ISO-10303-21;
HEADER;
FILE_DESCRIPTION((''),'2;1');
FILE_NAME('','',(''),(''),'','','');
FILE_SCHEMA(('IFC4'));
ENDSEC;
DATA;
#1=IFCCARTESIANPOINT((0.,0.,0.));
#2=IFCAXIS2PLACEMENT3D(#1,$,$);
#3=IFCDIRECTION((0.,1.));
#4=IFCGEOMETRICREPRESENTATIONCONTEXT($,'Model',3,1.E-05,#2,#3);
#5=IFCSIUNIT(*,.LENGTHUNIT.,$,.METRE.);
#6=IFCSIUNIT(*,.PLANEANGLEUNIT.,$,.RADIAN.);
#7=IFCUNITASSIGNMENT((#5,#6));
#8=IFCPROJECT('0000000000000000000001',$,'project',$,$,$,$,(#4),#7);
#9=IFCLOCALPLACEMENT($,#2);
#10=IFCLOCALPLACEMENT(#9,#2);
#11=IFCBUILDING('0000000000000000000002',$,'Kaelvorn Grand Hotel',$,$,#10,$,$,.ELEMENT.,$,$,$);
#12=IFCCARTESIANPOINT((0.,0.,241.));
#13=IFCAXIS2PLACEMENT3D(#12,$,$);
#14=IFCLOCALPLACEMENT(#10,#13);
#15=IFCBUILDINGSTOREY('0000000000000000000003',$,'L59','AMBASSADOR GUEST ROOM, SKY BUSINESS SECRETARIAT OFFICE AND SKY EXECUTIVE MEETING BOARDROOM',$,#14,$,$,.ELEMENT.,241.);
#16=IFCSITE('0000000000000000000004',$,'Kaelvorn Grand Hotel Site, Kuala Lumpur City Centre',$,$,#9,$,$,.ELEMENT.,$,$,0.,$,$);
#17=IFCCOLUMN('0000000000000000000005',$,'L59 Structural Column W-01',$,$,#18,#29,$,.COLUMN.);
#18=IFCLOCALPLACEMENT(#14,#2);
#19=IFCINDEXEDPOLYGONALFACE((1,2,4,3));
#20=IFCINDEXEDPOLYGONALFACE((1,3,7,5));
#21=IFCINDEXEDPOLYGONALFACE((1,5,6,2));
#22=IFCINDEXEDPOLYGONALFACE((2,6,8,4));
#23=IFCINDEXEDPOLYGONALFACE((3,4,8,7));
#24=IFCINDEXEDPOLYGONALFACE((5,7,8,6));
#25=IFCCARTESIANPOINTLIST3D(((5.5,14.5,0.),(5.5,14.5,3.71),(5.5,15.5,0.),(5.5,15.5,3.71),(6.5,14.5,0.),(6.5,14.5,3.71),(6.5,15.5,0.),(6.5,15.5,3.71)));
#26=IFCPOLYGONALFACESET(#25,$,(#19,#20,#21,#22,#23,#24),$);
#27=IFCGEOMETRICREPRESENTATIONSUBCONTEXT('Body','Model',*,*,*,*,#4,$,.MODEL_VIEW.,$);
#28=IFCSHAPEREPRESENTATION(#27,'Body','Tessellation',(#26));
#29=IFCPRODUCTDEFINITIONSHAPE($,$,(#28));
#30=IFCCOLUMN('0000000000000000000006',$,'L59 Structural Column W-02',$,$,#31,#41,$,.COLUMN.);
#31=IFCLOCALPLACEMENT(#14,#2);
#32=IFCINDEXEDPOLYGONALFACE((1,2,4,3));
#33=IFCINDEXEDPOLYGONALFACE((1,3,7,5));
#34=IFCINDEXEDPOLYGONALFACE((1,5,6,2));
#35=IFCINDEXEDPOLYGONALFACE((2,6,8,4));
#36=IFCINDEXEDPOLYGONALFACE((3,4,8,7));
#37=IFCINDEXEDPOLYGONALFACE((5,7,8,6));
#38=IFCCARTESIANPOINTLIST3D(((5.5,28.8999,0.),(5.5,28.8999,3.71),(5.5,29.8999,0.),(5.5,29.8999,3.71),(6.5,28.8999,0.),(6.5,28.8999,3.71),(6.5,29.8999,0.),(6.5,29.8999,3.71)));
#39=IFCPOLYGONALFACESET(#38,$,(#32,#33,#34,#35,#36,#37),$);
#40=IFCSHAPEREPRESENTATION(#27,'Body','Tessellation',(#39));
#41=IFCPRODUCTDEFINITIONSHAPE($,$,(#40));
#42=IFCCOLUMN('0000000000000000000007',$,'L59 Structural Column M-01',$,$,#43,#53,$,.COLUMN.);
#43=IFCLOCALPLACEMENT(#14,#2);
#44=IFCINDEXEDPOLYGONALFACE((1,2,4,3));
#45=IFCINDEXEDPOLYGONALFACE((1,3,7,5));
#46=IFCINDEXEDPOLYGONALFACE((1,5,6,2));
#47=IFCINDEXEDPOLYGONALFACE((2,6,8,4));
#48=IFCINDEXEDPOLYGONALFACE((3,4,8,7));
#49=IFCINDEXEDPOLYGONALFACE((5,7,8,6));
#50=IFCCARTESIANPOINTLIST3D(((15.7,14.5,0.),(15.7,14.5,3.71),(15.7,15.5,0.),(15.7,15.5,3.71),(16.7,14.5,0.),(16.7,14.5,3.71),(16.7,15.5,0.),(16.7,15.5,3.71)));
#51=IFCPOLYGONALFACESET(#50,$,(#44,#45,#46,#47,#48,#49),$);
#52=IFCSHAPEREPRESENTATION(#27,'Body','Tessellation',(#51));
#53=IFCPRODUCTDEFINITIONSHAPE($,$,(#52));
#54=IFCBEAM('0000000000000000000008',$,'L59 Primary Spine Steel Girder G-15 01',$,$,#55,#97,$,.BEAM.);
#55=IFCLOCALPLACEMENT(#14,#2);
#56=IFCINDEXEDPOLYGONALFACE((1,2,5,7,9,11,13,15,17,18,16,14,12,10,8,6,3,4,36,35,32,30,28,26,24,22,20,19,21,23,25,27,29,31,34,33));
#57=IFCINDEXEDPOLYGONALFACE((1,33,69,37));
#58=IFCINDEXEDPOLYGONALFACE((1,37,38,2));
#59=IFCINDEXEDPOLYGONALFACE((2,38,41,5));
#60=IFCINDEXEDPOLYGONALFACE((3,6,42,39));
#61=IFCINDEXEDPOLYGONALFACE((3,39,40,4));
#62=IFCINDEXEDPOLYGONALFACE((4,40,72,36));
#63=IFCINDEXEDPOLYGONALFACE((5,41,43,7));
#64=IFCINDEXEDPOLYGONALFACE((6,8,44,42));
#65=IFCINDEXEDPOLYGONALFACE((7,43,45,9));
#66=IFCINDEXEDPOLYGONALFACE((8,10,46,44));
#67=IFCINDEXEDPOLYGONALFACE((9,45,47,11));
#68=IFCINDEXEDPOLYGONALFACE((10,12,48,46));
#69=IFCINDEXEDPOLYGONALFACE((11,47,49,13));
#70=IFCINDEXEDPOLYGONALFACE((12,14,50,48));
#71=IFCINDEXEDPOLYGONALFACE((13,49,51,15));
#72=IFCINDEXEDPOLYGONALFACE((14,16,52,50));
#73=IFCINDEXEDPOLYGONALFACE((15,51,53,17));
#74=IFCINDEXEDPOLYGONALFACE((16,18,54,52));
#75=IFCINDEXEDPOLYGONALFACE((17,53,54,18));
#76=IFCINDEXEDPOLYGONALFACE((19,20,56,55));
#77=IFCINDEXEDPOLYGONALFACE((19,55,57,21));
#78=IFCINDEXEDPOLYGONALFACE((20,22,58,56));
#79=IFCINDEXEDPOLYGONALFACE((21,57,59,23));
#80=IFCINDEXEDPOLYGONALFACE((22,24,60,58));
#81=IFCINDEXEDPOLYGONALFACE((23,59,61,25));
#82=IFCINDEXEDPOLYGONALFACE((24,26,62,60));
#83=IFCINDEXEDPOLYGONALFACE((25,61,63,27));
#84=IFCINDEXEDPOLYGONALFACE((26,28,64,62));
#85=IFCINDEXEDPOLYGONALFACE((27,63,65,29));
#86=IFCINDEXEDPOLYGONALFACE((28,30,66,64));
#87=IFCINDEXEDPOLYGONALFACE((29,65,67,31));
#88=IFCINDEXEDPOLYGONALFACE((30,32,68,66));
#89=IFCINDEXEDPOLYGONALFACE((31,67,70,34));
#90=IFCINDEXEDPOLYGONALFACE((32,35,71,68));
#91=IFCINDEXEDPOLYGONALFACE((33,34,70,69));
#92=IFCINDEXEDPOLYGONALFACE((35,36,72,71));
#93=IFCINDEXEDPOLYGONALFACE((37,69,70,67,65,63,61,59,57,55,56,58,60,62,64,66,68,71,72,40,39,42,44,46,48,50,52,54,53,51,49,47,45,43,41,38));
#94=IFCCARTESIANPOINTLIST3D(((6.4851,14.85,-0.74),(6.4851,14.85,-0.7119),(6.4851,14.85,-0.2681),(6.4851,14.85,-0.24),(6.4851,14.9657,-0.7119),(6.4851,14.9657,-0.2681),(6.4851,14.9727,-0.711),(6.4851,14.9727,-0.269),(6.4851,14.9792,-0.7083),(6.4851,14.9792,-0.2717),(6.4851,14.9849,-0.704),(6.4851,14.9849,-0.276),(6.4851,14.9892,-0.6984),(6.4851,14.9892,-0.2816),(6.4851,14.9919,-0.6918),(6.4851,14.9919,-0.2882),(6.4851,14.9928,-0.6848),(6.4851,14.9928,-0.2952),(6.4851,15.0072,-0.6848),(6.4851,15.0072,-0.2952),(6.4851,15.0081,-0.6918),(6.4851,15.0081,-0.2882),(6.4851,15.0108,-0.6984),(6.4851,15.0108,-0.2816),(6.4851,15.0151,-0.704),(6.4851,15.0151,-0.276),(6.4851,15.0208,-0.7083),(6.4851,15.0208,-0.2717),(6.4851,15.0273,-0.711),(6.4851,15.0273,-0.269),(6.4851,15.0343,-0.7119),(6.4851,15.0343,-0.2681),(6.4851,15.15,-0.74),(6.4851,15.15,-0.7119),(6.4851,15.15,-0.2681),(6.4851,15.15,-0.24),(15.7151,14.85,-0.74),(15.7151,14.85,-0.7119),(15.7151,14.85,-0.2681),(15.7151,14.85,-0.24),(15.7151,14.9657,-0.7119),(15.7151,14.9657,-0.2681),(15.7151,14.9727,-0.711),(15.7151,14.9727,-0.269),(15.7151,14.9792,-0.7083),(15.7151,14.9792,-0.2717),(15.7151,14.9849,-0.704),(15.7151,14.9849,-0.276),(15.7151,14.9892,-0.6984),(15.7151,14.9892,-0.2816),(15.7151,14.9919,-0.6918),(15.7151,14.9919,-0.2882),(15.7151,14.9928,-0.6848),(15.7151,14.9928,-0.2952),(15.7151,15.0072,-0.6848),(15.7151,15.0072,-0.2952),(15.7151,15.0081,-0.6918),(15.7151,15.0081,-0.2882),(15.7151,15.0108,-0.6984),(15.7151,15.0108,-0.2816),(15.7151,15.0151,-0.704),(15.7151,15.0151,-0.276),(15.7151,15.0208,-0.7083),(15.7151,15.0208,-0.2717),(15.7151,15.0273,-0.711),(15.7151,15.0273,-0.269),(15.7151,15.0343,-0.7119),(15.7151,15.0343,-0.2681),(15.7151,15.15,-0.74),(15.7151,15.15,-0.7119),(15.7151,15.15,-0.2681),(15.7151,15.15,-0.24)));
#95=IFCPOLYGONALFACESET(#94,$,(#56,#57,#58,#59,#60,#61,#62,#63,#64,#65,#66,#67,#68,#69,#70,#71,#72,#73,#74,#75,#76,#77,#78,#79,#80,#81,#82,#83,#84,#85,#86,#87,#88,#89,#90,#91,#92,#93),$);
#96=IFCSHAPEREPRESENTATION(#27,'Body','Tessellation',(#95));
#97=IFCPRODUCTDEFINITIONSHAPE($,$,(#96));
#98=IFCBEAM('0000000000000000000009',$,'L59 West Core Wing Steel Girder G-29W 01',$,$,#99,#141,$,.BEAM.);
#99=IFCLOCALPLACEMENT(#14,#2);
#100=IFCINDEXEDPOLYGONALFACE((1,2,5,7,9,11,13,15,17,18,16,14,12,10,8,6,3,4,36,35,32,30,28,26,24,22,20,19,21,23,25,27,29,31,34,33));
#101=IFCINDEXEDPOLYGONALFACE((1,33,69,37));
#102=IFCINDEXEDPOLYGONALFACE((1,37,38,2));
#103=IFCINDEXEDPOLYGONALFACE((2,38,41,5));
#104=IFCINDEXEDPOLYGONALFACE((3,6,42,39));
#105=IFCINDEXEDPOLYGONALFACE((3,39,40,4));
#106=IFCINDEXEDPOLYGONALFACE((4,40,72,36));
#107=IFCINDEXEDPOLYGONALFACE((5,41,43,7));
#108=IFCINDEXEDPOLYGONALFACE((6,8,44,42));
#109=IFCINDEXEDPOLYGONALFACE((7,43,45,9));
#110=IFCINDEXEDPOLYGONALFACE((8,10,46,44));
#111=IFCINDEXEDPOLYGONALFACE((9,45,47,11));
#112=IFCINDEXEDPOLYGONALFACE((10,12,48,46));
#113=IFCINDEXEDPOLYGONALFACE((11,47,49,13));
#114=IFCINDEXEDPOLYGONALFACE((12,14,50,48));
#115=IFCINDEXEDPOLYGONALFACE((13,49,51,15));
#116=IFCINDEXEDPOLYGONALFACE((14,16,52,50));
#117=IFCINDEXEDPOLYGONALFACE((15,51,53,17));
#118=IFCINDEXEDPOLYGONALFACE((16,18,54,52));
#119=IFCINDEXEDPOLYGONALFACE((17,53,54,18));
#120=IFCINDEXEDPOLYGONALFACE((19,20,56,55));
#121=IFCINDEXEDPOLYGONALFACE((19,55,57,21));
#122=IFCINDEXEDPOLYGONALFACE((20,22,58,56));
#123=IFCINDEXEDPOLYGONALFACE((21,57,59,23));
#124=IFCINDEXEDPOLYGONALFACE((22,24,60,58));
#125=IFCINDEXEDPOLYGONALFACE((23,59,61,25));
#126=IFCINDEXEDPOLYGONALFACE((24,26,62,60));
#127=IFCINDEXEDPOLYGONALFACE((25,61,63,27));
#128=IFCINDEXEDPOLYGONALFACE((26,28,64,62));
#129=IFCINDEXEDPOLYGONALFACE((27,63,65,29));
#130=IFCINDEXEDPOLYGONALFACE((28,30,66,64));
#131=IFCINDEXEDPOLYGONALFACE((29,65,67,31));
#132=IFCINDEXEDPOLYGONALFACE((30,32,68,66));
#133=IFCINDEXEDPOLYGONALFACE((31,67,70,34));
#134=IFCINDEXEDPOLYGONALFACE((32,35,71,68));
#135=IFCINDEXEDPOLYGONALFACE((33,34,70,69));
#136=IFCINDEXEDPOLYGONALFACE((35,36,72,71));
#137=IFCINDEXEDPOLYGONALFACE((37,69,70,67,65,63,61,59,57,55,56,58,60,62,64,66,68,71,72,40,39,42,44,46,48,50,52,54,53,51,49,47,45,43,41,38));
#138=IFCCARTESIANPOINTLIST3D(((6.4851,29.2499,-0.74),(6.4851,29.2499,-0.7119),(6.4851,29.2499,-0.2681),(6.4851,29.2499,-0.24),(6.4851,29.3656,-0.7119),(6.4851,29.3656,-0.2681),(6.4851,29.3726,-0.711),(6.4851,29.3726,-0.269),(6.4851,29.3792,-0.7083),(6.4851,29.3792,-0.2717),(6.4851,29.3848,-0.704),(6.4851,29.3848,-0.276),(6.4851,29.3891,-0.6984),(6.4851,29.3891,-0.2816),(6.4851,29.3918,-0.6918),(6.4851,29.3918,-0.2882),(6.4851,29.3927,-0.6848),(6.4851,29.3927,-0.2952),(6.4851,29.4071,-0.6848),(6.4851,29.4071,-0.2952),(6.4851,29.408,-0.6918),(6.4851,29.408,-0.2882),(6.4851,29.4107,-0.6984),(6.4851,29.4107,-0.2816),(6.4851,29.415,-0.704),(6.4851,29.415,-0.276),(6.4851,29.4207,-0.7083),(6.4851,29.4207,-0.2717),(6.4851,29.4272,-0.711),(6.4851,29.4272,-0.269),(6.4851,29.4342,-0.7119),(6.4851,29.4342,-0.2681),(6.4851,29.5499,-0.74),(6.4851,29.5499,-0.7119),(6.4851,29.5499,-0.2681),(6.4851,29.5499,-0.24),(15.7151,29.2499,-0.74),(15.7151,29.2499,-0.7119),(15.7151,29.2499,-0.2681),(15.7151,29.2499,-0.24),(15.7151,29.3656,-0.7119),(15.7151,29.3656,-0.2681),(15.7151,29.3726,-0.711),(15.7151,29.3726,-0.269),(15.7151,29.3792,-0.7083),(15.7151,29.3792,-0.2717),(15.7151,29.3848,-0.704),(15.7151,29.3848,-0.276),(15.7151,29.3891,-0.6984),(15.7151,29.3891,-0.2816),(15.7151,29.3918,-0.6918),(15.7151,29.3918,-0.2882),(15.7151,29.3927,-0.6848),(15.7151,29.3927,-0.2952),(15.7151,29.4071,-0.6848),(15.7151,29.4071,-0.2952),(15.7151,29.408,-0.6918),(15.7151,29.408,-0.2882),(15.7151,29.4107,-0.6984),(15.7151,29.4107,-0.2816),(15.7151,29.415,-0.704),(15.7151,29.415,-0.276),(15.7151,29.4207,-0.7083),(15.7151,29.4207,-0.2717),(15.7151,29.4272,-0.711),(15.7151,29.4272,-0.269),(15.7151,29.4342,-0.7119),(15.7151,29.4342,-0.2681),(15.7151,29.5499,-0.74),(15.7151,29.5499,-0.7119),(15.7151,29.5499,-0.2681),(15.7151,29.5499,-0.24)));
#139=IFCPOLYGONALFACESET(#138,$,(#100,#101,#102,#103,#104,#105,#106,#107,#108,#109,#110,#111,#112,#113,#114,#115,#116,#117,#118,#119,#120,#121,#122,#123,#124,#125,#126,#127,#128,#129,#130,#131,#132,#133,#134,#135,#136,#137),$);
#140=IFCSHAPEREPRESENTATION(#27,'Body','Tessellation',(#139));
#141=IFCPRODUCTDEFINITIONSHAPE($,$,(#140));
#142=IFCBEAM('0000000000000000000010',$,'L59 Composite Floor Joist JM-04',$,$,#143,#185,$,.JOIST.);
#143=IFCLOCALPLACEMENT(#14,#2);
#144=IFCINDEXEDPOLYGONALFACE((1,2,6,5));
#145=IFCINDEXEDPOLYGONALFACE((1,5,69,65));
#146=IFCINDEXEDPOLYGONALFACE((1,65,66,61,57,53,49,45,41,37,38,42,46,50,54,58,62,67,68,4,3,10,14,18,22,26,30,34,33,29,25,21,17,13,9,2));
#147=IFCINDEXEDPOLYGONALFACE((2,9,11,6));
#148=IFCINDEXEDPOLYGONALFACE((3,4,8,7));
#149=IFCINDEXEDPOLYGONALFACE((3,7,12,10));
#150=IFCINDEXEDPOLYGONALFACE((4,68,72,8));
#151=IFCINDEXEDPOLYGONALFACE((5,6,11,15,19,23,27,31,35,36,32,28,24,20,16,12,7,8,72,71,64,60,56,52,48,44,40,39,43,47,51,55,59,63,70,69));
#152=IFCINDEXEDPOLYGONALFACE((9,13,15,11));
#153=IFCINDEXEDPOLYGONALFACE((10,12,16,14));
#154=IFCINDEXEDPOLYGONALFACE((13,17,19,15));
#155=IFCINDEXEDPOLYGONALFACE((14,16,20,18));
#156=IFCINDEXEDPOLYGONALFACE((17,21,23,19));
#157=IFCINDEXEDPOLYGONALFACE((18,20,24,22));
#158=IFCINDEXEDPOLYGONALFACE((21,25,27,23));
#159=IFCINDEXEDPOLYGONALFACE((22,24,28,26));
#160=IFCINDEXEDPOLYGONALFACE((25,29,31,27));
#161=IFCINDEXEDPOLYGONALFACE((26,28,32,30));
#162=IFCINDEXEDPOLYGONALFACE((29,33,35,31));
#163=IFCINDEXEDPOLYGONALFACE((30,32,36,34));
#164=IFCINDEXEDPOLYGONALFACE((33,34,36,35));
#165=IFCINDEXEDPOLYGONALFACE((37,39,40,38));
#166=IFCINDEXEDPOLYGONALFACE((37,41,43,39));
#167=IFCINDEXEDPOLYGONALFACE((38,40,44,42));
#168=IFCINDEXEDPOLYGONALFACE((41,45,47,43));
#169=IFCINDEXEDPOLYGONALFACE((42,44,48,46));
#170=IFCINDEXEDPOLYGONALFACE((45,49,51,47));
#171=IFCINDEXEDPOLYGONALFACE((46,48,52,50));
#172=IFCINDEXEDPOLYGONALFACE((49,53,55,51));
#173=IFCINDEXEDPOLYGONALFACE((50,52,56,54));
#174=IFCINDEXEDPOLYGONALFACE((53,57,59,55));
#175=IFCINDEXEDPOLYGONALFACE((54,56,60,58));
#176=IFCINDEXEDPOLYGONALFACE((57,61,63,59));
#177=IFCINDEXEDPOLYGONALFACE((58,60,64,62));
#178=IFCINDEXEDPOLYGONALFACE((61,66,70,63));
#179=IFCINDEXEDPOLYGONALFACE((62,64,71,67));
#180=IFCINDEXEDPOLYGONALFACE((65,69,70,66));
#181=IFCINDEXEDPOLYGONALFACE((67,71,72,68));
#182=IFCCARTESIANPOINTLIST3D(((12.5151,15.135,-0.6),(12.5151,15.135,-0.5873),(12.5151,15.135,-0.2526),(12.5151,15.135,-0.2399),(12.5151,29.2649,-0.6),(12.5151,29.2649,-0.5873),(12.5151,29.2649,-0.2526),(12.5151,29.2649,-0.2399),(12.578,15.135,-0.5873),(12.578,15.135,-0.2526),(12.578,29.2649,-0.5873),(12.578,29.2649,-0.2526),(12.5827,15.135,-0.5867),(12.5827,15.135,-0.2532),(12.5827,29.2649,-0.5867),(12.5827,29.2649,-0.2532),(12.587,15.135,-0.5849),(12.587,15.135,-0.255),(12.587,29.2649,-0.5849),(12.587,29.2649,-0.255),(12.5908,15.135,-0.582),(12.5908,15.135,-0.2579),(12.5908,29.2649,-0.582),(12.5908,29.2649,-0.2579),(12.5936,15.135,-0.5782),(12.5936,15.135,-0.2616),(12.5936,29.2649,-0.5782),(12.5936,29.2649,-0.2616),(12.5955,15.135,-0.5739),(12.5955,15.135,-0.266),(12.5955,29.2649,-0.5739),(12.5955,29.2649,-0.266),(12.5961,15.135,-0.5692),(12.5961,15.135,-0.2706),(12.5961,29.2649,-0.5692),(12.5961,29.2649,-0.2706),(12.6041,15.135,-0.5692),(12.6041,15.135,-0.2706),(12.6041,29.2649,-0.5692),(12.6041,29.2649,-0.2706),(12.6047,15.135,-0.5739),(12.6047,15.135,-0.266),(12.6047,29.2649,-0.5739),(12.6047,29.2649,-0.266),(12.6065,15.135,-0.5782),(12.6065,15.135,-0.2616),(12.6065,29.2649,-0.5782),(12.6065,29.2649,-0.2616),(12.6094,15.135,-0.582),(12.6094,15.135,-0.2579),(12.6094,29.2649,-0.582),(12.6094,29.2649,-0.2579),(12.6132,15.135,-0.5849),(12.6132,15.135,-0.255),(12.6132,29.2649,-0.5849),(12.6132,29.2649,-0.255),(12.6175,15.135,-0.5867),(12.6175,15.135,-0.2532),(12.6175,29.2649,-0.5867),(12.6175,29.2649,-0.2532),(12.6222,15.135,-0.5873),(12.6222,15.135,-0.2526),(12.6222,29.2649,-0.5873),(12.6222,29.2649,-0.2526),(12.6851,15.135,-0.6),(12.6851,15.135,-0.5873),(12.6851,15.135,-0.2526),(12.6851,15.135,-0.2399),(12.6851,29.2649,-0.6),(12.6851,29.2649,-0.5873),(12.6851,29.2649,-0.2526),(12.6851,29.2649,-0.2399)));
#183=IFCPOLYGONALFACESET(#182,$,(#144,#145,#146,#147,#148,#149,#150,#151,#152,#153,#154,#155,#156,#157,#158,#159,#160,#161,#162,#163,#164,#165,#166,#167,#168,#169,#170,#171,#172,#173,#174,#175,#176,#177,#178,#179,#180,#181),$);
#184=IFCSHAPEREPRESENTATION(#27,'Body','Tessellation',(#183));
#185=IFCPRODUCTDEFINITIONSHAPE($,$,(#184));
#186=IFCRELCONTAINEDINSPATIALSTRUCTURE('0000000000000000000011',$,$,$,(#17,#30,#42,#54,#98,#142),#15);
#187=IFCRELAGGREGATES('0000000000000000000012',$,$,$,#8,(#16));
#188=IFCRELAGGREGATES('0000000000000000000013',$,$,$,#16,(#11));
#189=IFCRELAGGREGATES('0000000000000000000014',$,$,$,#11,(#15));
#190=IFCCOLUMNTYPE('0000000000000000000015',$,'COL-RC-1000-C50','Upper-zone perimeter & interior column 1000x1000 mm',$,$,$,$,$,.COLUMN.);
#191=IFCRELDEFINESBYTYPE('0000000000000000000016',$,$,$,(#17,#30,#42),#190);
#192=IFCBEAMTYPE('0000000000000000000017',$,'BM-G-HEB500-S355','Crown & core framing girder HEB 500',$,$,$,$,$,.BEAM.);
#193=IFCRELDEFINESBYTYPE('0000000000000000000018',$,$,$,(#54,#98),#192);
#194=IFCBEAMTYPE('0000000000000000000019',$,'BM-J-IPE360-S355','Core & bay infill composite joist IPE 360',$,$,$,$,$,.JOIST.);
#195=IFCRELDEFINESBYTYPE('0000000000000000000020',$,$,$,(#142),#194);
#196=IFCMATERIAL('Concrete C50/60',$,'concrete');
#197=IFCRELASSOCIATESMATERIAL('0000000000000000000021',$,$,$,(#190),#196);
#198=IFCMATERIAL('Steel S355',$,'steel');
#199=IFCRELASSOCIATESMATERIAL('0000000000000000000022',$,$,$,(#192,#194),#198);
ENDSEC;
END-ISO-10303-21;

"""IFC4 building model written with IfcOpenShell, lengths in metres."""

from ifc_helpers import new_model, si_unit, direction, frame, origin, origin_2d, place, context, subcontext, project, spatial, rectangle, i_section, extrude, material, material_profile, profile_set, type_object, element, save


model = new_model("IFC4")

# Units and contexts
model_context = context("Model", 3, precision=1e-05, world=origin(), true_north=direction((0.0, 1.0)))
body_context = subcontext(model_context, "Body", "Model", "MODEL_VIEW")
ifc_project = project(units=[si_unit("LENGTHUNIT", "METRE"), si_unit("PLANEANGLEUNIT", "RADIAN")], contexts=[model_context])

# Site, building, storey
site_placement = place(None, origin())
site = spatial("IfcSite", under=ifc_project, at=site_placement, Name="Kaelvorn Grand Hotel Site, Kuala Lumpur City Centre", CompositionType="ELEMENT", RefElevation=0.0)
building_placement = place(site_placement, origin())
building = spatial("IfcBuilding", under=site, at=building_placement, Name="Kaelvorn Grand Hotel", CompositionType="ELEMENT")
storey_placement = place(building_placement, frame((0.0, 0.0, 241.0)))
storey = spatial("IfcBuildingStorey", under=building, at=storey_placement, Name="L59", Description="AMBASSADOR GUEST ROOM, SKY BUSINESS SECRETARIAT OFFICE AND SKY EXECUTIVE MEETING BOARDROOM", CompositionType="ELEMENT", Elevation=241.0)

# Columns
ifc_material_1 = material(Name="Concrete C50/60", Category="concrete")
ifc_material_profile_1 = material_profile(ifc_material_1, rectangle(XDim=1.0, YDim=1.0, at=origin_2d()), Name="RC COL 1000x1000")
ifc_profile_set_1 = profile_set([ifc_material_profile_1], Name="Concrete C50/60")
column_type = type_object("IfcColumnType", Name="COL-RC-1000-C50", Description="Upper-zone perimeter & interior column 1000x1000 mm", PredefinedType="COLUMN", material=ifc_profile_set_1)
for number, where, z_axis, x_axis, name in (
    (1, (6.0, 15.0, 0.0), (0.0, 0.0, 1.0), (1.0, 0.0, 0.0), "L59 Structural Column W-01"),
    (2, (6.0, 29.3999, 0.0), (0.0, 0.0, 1.0), (1.0, 0.0, 0.0), "L59 Structural Column W-02"),
    (3, (16.2, 15.0, 0.0), (0.0, 0.0, 1.0), (1.0, 0.0, 0.0), "L59 Structural Column M-01"),
):
    element("IfcColumn", number, at=place(storey_placement, frame(where, z_axis=z_axis, x_axis=x_axis)), inside=storey, type_object=column_type, Name=name, PredefinedType="COLUMN", context=body_context, shape_type="SweptSolid", body=[
        extrude(rectangle(XDim=1.0, YDim=1.0, at=origin_2d()), origin(), (0.0, 0.0, 1.0), 3.71),
    ])

# Beams
ifc_material_2 = material(Name="Steel S355", Category="steel")
ifc_material_profile_2 = material_profile(ifc_material_2, i_section(OverallWidth=0.3, OverallDepth=0.5, WebThickness=0.0144, FlangeThickness=0.0281, FilletRadius=0.0271, at=origin_2d()), Name="HEB 500")
ifc_profile_set_2 = profile_set([ifc_material_profile_2], Name="Steel S355")
beam_type_1 = type_object("IfcBeamType", Name="BM-G-HEB500-S355", Description="Crown & core framing girder HEB 500", PredefinedType="BEAM", material=ifc_profile_set_2)
for number, where, z_axis, x_axis, name in (
    (4, (6.4851, 15.0, -0.49), (1.0, 0.0, 0.0), (0.0, 1.0, 0.0), "L59 Primary Spine Steel Girder G-15 01"),
    (5, (6.4851, 29.3999, -0.49), (1.0, 0.0, 0.0), (0.0, 1.0, 0.0), "L59 West Core Wing Steel Girder G-29W 01"),
):
    element("IfcBeam", number, at=place(storey_placement, frame(where, z_axis=z_axis, x_axis=x_axis)), inside=storey, type_object=beam_type_1, Name=name, PredefinedType="BEAM", context=body_context, shape_type="SweptSolid", body=[
        extrude(i_section(OverallWidth=0.3, OverallDepth=0.5, WebThickness=0.0144, FlangeThickness=0.0281, FilletRadius=0.0271, at=origin_2d()), origin(), (0.0, 0.0, 1.0), 9.23),
    ])
ifc_material_profile_3 = material_profile(ifc_material_2, i_section(OverallWidth=0.1699, OverallDepth=0.3601, WebThickness=0.0081, FlangeThickness=0.0127, FilletRadius=0.0181, at=origin_2d()), Name="IPE 360")
ifc_profile_set_3 = profile_set([ifc_material_profile_3], Name="Steel S355")
beam_type_2 = type_object("IfcBeamType", Name="BM-J-IPE360-S355", Description="Core & bay infill composite joist IPE 360", PredefinedType="JOIST", material=ifc_profile_set_3)
beam_1_placement = place(storey_placement, frame((12.6001, 15.135, -0.4199), z_axis=(0.0, 1.0, 0.0), x_axis=(-1.0, 0.0, 0.0)))
element("IfcBeam", 6, at=beam_1_placement, inside=storey, type_object=beam_type_2, Name="L59 Composite Floor Joist JM-04", PredefinedType="JOIST", context=body_context, shape_type="SweptSolid", body=[
    extrude(i_section(OverallWidth=0.1699, OverallDepth=0.3601, WebThickness=0.0081, FlangeThickness=0.0127, FilletRadius=0.0181, at=origin_2d()), origin(), (0.0, 0.0, 1.0), 14.1299),
])

save(model, "model.ifc")
